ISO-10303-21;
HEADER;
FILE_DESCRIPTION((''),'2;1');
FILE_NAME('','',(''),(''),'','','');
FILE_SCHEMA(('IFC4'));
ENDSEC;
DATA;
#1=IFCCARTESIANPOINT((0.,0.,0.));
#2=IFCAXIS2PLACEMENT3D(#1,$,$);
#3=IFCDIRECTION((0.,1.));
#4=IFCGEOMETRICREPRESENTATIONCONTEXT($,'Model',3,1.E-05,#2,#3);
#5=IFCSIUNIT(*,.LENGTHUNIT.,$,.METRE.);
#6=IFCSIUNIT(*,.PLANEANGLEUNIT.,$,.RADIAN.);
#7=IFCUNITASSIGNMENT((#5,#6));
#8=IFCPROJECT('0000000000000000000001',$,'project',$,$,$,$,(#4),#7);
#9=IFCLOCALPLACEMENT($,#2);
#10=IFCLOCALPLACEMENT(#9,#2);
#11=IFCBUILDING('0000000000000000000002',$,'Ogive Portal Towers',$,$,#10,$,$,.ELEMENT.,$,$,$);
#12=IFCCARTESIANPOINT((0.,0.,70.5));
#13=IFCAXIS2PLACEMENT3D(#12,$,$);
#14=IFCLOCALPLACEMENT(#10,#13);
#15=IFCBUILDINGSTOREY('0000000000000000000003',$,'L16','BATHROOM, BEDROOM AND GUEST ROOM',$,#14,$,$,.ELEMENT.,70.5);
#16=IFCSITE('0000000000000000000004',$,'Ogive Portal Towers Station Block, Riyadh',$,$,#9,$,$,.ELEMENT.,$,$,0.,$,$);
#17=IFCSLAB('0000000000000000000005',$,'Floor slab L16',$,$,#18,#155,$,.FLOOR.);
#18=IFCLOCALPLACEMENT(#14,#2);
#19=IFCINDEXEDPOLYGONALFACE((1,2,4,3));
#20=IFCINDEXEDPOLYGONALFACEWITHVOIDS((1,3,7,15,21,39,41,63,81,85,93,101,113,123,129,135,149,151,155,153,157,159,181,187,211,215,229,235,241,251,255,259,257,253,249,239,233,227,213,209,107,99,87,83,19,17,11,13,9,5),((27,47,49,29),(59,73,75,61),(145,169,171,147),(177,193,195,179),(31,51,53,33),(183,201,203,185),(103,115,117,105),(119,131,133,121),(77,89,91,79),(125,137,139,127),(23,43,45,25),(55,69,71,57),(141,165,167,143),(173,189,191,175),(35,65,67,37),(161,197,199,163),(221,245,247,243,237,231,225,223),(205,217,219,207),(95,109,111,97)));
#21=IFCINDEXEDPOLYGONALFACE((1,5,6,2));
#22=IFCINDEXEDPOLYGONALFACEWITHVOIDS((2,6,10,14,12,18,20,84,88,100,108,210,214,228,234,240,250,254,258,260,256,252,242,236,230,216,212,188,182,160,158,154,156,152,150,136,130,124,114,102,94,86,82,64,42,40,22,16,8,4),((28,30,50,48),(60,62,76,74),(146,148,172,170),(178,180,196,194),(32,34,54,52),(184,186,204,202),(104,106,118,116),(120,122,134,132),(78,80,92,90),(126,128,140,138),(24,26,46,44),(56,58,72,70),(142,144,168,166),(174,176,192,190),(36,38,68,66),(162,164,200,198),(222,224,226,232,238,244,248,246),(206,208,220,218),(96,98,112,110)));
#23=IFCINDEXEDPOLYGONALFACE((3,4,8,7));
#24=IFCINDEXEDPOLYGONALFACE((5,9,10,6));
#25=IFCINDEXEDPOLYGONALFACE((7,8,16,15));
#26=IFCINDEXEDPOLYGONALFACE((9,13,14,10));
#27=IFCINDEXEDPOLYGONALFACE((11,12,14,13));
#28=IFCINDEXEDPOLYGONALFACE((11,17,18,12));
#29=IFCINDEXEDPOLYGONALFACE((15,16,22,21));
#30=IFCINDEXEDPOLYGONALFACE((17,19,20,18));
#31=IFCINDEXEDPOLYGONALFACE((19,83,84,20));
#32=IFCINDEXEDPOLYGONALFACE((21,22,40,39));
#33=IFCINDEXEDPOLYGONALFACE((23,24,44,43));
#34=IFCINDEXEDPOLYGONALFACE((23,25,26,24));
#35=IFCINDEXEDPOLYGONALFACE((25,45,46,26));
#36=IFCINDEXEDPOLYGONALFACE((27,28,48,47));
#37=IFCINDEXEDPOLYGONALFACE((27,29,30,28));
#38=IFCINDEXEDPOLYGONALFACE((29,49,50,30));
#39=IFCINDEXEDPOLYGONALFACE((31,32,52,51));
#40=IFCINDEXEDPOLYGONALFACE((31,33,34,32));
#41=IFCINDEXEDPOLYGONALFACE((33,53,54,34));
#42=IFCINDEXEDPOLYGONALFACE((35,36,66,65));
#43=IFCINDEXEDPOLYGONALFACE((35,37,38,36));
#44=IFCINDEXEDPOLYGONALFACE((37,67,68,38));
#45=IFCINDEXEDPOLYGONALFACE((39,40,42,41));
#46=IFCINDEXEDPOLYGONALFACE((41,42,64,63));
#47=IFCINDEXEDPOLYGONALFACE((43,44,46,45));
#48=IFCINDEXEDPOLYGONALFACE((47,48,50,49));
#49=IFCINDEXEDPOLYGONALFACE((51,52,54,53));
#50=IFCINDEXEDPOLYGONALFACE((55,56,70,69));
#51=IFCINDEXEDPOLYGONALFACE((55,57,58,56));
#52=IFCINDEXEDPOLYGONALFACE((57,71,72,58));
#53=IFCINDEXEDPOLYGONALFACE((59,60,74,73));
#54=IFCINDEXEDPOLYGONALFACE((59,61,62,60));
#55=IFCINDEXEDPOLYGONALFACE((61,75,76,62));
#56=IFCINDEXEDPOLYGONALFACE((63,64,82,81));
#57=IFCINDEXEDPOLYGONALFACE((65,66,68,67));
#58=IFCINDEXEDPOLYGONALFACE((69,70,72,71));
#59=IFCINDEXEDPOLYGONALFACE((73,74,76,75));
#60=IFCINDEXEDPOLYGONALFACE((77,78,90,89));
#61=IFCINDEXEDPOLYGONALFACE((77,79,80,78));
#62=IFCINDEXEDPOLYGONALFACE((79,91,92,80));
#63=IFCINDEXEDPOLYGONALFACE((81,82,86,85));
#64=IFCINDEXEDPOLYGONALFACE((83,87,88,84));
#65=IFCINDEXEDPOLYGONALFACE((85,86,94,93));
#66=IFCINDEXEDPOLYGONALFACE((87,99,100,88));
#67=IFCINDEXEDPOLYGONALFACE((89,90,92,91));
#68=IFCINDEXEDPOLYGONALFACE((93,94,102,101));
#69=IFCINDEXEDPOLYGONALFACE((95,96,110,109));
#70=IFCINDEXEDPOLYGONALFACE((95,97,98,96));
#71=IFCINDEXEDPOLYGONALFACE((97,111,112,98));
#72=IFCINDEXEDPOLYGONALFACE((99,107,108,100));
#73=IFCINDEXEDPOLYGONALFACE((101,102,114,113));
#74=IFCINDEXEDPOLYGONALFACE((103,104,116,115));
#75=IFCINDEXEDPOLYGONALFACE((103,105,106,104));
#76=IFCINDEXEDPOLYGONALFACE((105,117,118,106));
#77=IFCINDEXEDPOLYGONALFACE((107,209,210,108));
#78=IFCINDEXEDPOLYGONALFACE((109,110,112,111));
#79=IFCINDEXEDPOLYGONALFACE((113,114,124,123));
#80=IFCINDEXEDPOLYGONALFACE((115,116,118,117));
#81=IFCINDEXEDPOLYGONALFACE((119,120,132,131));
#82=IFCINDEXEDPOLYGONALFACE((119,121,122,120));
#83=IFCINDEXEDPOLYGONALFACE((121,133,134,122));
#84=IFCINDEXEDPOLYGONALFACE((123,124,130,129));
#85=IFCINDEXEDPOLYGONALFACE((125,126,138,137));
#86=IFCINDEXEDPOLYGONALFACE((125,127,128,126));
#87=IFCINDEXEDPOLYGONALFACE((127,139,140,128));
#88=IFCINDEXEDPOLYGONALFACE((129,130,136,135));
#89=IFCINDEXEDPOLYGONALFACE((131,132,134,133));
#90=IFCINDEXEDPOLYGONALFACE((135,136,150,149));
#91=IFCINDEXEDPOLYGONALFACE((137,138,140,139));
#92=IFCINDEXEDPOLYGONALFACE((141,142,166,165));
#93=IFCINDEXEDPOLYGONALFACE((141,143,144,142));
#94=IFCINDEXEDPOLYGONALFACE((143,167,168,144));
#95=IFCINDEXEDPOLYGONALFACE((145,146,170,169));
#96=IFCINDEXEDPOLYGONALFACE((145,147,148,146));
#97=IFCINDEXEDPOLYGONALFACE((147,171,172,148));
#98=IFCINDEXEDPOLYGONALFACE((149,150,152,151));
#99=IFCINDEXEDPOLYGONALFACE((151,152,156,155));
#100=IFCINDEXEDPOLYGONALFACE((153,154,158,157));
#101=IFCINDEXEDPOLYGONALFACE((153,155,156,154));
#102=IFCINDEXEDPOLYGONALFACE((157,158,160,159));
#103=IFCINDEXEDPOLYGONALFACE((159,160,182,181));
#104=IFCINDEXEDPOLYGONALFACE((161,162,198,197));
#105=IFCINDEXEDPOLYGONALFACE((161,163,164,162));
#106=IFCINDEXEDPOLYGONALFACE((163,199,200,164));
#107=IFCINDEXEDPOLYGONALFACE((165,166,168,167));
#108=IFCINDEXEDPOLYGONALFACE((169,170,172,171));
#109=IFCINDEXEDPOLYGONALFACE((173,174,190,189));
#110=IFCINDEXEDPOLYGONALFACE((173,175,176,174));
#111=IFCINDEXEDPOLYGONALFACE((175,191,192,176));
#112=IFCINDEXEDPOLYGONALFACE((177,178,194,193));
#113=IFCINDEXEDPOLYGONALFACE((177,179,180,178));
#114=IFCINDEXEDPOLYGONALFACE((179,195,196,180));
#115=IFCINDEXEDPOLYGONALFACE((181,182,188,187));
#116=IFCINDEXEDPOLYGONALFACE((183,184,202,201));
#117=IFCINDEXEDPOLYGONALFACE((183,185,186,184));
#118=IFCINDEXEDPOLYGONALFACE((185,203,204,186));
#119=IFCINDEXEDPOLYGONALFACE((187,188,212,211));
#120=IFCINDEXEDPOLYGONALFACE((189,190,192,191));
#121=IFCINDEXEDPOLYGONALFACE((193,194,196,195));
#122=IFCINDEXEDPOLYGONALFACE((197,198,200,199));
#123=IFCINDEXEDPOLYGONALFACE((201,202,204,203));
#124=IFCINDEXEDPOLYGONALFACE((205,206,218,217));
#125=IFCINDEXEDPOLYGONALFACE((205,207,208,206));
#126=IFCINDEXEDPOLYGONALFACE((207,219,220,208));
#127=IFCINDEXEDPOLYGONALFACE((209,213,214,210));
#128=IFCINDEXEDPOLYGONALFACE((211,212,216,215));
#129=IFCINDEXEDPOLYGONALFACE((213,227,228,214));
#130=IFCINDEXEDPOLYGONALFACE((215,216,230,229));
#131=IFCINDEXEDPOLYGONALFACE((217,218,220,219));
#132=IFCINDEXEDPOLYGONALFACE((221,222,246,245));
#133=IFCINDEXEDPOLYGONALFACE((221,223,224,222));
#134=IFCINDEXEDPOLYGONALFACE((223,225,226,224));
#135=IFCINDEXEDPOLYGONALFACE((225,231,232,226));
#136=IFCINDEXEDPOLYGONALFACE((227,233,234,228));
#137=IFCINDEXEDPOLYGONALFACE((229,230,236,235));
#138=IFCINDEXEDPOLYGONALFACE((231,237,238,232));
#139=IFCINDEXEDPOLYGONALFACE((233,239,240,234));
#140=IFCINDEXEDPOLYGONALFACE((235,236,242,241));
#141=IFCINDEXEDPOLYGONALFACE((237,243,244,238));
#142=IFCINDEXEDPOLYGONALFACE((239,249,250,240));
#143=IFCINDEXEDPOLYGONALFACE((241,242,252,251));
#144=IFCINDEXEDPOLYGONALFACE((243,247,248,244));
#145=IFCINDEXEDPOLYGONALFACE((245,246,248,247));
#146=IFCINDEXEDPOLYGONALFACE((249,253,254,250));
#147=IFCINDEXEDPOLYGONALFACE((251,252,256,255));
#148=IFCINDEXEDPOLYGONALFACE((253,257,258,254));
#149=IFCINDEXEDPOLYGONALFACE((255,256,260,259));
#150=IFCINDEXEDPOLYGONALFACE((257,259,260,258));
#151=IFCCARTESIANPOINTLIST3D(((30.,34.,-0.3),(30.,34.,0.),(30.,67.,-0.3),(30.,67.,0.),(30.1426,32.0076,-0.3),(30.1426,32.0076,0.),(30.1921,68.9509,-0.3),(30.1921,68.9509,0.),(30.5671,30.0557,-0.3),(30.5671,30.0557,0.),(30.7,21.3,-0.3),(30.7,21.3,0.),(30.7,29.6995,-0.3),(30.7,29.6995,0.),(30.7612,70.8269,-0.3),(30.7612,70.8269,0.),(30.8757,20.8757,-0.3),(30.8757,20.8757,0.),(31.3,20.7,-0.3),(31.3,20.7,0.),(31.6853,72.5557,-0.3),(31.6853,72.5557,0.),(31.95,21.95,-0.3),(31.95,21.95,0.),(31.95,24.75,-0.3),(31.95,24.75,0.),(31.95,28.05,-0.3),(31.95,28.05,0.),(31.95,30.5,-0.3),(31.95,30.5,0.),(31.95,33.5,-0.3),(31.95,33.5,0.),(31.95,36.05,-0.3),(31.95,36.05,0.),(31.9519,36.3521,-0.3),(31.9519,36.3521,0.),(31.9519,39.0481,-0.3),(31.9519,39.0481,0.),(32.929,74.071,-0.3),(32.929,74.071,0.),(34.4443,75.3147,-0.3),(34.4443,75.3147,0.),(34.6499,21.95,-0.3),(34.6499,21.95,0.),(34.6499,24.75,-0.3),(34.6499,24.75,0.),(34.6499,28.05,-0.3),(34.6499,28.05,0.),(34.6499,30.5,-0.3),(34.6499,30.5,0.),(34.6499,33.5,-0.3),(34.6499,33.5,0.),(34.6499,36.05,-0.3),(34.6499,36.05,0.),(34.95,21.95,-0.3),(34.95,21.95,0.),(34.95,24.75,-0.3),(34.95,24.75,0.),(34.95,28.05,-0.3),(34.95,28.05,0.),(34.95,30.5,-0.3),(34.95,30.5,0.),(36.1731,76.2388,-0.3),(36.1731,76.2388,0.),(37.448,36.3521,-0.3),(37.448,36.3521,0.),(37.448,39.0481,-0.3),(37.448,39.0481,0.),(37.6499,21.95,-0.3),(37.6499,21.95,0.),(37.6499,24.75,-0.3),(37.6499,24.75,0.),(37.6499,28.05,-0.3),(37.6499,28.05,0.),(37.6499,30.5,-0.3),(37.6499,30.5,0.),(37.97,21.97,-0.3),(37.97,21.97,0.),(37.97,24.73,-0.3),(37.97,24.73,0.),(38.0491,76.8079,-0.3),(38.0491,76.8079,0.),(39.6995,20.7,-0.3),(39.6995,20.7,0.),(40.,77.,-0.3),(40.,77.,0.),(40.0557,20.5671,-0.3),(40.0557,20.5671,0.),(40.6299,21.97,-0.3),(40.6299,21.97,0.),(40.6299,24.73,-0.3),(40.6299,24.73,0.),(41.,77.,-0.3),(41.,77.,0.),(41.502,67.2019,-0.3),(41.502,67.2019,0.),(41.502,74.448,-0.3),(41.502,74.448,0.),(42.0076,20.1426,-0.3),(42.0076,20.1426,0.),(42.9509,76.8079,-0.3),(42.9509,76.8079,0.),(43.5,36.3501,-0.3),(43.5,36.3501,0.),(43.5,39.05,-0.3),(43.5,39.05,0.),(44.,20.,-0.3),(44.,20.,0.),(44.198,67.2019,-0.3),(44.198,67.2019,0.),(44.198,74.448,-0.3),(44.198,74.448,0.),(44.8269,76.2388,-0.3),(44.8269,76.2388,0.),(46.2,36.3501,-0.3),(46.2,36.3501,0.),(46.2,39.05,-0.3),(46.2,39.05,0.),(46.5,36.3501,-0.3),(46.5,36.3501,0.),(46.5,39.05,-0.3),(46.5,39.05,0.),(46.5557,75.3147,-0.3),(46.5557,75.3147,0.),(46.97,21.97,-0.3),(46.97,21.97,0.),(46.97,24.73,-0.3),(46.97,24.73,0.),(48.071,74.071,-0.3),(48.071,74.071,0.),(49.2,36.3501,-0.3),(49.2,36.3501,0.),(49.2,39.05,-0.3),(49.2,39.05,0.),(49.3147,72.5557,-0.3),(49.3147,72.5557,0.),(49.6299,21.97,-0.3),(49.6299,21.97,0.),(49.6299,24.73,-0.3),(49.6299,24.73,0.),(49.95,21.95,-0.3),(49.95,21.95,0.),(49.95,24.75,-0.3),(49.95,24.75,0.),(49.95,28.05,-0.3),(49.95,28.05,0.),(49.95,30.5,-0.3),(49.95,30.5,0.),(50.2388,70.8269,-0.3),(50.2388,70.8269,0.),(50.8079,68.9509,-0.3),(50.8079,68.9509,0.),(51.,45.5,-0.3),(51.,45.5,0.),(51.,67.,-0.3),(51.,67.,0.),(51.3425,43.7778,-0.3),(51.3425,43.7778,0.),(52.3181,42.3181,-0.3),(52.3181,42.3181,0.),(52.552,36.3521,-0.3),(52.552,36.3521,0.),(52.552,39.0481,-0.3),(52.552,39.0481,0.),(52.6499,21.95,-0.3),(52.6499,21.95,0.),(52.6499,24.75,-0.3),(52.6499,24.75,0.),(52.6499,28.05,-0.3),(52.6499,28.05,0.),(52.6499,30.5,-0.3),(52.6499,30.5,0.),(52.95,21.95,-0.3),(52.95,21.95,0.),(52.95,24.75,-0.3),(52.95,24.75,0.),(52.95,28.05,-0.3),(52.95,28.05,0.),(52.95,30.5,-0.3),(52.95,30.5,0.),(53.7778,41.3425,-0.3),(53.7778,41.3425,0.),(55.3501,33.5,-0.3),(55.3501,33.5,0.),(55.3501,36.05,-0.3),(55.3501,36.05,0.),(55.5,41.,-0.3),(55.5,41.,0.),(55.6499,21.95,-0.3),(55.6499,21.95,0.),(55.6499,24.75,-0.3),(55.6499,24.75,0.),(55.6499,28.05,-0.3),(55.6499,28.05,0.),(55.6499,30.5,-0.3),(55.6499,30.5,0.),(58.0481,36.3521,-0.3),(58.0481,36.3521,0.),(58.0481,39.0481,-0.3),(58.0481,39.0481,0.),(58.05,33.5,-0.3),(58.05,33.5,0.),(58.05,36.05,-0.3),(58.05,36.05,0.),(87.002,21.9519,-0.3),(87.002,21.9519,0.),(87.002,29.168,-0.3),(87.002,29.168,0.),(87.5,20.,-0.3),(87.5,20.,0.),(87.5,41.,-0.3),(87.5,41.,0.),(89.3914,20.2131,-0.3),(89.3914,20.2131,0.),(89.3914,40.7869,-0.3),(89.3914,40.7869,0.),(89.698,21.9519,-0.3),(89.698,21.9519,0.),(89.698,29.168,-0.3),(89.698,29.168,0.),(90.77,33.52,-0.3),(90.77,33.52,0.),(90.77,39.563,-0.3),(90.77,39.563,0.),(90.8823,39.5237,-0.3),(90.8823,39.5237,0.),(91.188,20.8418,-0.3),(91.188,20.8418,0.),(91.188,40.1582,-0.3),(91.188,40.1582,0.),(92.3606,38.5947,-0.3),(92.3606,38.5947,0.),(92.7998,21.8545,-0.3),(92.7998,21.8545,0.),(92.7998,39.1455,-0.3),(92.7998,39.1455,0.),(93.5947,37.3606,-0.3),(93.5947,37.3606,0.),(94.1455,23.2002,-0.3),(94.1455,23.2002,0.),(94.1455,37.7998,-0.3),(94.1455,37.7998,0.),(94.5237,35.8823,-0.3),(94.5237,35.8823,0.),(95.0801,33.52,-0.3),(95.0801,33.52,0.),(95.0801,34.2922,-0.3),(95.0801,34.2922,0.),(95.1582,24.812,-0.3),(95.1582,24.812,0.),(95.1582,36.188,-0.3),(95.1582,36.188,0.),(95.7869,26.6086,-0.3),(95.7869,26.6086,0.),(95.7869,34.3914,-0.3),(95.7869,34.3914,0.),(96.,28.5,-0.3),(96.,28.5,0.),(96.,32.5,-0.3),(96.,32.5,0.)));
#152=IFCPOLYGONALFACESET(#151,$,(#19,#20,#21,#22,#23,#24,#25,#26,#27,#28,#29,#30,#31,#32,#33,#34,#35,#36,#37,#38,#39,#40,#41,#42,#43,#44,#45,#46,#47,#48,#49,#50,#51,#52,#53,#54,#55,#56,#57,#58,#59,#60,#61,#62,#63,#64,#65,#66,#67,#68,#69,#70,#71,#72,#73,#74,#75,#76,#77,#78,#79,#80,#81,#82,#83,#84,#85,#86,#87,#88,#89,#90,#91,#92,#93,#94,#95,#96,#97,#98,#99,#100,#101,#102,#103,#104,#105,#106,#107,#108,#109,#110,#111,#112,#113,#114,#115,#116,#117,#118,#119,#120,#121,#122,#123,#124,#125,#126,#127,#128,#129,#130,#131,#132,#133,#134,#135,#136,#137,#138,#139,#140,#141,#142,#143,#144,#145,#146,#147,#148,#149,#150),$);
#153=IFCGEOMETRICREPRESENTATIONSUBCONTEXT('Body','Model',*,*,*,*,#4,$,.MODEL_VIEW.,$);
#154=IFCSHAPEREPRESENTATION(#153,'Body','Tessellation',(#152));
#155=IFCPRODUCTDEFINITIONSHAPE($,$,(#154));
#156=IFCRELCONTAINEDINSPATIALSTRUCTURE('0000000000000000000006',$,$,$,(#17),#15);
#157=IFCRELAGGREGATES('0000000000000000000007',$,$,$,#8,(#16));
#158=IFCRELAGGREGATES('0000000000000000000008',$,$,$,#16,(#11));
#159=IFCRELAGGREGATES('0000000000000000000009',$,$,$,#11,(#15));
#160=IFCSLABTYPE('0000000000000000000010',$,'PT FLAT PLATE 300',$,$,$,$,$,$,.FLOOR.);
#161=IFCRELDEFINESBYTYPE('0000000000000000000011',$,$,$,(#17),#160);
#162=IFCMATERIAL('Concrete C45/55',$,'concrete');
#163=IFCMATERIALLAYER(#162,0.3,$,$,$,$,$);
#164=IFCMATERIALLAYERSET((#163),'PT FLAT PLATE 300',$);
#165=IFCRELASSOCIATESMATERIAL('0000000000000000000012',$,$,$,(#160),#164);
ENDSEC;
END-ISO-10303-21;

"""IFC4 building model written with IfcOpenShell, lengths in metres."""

from ifc_helpers import new_model, si_unit, direction, frame, origin, place, context, subcontext, project, spatial, polyline, outline, extrude, material, layer, layer_set, type_object, element, save


model = new_model("IFC4")

# Units and contexts
model_context = context("Model", 3, precision=1e-05, world=origin(), true_north=direction((0.0, 1.0)))
body_context = subcontext(model_context, "Body", "Model", "MODEL_VIEW")
ifc_project = project(units=[si_unit("LENGTHUNIT", "METRE"), si_unit("PLANEANGLEUNIT", "RADIAN")], contexts=[model_context])

# Site, building, storey
site_placement = place(None, origin())
site = spatial("IfcSite", under=ifc_project, at=site_placement, Name="Ogive Portal Towers Station Block, Riyadh", CompositionType="ELEMENT", RefElevation=0.0)
building_placement = place(site_placement, origin())
building = spatial("IfcBuilding", under=site, at=building_placement, Name="Ogive Portal Towers", CompositionType="ELEMENT")
storey_placement = place(building_placement, frame((0.0, 0.0, 70.5)))
storey = spatial("IfcBuildingStorey", under=building, at=storey_placement, Name="L16", Description="BATHROOM, BEDROOM AND GUEST ROOM", CompositionType="ELEMENT", Elevation=70.5)

# Slab
ifc_material_1 = material(Name="Concrete C45/55", Category="concrete")
ifc_layer_1 = layer(ifc_material_1, 0.3)
ifc_layer_set_1 = layer_set([ifc_layer_1], Name="PT FLAT PLATE 300")
slab_type = type_object("IfcSlabType", Name="PT FLAT PLATE 300", PredefinedType="FLOOR", material=ifc_layer_set_1)
slab_1_placement = place(storey_placement, frame((0.0, 0.0, -0.3)))
element("IfcSlab", 1, at=slab_1_placement, inside=storey, type_object=slab_type, Name="Floor slab L16", PredefinedType="FLOOR", context=body_context, shape_type="SweptSolid", body=[
    extrude(outline(polyline([(30.1426, 32.0076), (30.5671, 30.0557), (30.7, 29.6995), (30.7, 21.3), (30.8757, 20.8757), (31.3, 20.7), (39.6995, 20.7), (40.0557, 20.5671), (42.0076, 20.1426), (44.0, 20.0), (87.5, 20.0), (89.3914, 20.2131), (91.188, 20.8418), (92.7998, 21.8545), (94.1455, 23.2002), (95.1582, 24.812), (95.7869, 26.6086), (96.0, 28.5), (96.0, 32.5), (95.7869, 34.3914), (95.1582, 36.188), (94.1455, 37.7998), (92.7998, 39.1455), (91.188, 40.1582), (89.3914, 40.7869), (87.5, 41.0), (55.5, 41.0), (53.7778, 41.3425), (52.3181, 42.3181), (51.3425, 43.7778), (51.0, 45.5), (51.0, 67.0), (50.8079, 68.9509), (50.2388, 70.8269), (49.3147, 72.5557), (48.071, 74.071), (46.5557, 75.3147), (44.8269, 76.2388), (42.9509, 76.8079), (41.0, 77.0), (40.0, 77.0), (38.0491, 76.8079), (36.1731, 76.2388), (34.4443, 75.3147), (32.929, 74.071), (31.6853, 72.5557), (30.7612, 70.8269), (30.1921, 68.9509), (30.0, 67.0), (30.0, 34.0), (30.1426, 32.0076)]), holes=[polyline([(34.6499, 24.75), (34.6499, 21.95), (31.95, 21.95), (31.95, 24.75), (34.6499, 24.75)]), polyline([(37.6499, 24.75), (37.6499, 21.95), (34.95, 21.95), (34.95, 24.75), (37.6499, 24.75)]), polyline([(40.6299, 21.97), (37.97, 21.97), (37.97, 24.73), (40.6299, 24.73), (40.6299, 21.97)]), polyline([(46.97, 21.97), (46.97, 24.73), (49.6299, 24.73), (49.6299, 21.97), (46.97, 21.97)]), polyline([(34.6499, 28.05), (31.95, 28.05), (31.95, 30.5), (34.6499, 30.5), (34.6499, 28.05)]), polyline([(37.6499, 30.5), (37.6499, 28.05), (34.95, 28.05), (34.95, 30.5), (37.6499, 30.5)]), polyline([(34.6499, 36.05), (34.6499, 33.5), (31.95, 33.5), (31.95, 36.05), (34.6499, 36.05)]), polyline([(31.9519, 39.0481), (37.448, 39.0481), (37.448, 36.3521), (31.9519, 36.3521), (31.9519, 39.0481)]), polyline([(46.2, 36.3501), (43.5, 36.3501), (43.5, 39.05), (46.2, 39.05), (46.2, 36.3501)]), polyline([(49.2, 36.3501), (46.5, 36.3501), (46.5, 39.05), (49.2, 39.05), (49.2, 36.3501)]), polyline([(44.198, 74.448), (44.198, 67.2019), (41.502, 67.2019), (41.502, 74.448), (44.198, 74.448)]), polyline([(52.6499, 24.75), (52.6499, 21.95), (49.95, 21.95), (49.95, 24.75), (52.6499, 24.75)]), polyline([(55.6499, 21.95), (52.95, 21.95), (52.95, 24.75), (55.6499, 24.75), (55.6499, 21.95)]), polyline([(87.002, 29.168), (89.698, 29.168), (89.698, 21.9519), (87.002, 21.9519), (87.002, 29.168)]), polyline([(52.6499, 30.5), (52.6499, 28.05), (49.95, 28.05), (49.95, 30.5), (52.6499, 30.5)]), polyline([(55.6499, 28.05), (52.95, 28.05), (52.95, 30.5), (55.6499, 30.5), (55.6499, 28.05)]), polyline([(58.05, 36.05), (58.05, 33.5), (55.3501, 33.5), (55.3501, 36.05), (58.05, 36.05)]), polyline([(94.5237, 35.8823), (95.0801, 34.2922), (95.0801, 33.52), (90.77, 33.52), (90.77, 39.563), (90.8823, 39.5237), (92.3606, 38.5947), (93.5947, 37.3606), (94.5237, 35.8823)]), polyline([(52.552, 36.3521), (52.552, 39.0481), (58.0481, 39.0481), (58.0481, 36.3521), (52.552, 36.3521)])]), origin(), (0.0, 0.0, 1.0), 0.3),
])

save(model, "model.ifc")
